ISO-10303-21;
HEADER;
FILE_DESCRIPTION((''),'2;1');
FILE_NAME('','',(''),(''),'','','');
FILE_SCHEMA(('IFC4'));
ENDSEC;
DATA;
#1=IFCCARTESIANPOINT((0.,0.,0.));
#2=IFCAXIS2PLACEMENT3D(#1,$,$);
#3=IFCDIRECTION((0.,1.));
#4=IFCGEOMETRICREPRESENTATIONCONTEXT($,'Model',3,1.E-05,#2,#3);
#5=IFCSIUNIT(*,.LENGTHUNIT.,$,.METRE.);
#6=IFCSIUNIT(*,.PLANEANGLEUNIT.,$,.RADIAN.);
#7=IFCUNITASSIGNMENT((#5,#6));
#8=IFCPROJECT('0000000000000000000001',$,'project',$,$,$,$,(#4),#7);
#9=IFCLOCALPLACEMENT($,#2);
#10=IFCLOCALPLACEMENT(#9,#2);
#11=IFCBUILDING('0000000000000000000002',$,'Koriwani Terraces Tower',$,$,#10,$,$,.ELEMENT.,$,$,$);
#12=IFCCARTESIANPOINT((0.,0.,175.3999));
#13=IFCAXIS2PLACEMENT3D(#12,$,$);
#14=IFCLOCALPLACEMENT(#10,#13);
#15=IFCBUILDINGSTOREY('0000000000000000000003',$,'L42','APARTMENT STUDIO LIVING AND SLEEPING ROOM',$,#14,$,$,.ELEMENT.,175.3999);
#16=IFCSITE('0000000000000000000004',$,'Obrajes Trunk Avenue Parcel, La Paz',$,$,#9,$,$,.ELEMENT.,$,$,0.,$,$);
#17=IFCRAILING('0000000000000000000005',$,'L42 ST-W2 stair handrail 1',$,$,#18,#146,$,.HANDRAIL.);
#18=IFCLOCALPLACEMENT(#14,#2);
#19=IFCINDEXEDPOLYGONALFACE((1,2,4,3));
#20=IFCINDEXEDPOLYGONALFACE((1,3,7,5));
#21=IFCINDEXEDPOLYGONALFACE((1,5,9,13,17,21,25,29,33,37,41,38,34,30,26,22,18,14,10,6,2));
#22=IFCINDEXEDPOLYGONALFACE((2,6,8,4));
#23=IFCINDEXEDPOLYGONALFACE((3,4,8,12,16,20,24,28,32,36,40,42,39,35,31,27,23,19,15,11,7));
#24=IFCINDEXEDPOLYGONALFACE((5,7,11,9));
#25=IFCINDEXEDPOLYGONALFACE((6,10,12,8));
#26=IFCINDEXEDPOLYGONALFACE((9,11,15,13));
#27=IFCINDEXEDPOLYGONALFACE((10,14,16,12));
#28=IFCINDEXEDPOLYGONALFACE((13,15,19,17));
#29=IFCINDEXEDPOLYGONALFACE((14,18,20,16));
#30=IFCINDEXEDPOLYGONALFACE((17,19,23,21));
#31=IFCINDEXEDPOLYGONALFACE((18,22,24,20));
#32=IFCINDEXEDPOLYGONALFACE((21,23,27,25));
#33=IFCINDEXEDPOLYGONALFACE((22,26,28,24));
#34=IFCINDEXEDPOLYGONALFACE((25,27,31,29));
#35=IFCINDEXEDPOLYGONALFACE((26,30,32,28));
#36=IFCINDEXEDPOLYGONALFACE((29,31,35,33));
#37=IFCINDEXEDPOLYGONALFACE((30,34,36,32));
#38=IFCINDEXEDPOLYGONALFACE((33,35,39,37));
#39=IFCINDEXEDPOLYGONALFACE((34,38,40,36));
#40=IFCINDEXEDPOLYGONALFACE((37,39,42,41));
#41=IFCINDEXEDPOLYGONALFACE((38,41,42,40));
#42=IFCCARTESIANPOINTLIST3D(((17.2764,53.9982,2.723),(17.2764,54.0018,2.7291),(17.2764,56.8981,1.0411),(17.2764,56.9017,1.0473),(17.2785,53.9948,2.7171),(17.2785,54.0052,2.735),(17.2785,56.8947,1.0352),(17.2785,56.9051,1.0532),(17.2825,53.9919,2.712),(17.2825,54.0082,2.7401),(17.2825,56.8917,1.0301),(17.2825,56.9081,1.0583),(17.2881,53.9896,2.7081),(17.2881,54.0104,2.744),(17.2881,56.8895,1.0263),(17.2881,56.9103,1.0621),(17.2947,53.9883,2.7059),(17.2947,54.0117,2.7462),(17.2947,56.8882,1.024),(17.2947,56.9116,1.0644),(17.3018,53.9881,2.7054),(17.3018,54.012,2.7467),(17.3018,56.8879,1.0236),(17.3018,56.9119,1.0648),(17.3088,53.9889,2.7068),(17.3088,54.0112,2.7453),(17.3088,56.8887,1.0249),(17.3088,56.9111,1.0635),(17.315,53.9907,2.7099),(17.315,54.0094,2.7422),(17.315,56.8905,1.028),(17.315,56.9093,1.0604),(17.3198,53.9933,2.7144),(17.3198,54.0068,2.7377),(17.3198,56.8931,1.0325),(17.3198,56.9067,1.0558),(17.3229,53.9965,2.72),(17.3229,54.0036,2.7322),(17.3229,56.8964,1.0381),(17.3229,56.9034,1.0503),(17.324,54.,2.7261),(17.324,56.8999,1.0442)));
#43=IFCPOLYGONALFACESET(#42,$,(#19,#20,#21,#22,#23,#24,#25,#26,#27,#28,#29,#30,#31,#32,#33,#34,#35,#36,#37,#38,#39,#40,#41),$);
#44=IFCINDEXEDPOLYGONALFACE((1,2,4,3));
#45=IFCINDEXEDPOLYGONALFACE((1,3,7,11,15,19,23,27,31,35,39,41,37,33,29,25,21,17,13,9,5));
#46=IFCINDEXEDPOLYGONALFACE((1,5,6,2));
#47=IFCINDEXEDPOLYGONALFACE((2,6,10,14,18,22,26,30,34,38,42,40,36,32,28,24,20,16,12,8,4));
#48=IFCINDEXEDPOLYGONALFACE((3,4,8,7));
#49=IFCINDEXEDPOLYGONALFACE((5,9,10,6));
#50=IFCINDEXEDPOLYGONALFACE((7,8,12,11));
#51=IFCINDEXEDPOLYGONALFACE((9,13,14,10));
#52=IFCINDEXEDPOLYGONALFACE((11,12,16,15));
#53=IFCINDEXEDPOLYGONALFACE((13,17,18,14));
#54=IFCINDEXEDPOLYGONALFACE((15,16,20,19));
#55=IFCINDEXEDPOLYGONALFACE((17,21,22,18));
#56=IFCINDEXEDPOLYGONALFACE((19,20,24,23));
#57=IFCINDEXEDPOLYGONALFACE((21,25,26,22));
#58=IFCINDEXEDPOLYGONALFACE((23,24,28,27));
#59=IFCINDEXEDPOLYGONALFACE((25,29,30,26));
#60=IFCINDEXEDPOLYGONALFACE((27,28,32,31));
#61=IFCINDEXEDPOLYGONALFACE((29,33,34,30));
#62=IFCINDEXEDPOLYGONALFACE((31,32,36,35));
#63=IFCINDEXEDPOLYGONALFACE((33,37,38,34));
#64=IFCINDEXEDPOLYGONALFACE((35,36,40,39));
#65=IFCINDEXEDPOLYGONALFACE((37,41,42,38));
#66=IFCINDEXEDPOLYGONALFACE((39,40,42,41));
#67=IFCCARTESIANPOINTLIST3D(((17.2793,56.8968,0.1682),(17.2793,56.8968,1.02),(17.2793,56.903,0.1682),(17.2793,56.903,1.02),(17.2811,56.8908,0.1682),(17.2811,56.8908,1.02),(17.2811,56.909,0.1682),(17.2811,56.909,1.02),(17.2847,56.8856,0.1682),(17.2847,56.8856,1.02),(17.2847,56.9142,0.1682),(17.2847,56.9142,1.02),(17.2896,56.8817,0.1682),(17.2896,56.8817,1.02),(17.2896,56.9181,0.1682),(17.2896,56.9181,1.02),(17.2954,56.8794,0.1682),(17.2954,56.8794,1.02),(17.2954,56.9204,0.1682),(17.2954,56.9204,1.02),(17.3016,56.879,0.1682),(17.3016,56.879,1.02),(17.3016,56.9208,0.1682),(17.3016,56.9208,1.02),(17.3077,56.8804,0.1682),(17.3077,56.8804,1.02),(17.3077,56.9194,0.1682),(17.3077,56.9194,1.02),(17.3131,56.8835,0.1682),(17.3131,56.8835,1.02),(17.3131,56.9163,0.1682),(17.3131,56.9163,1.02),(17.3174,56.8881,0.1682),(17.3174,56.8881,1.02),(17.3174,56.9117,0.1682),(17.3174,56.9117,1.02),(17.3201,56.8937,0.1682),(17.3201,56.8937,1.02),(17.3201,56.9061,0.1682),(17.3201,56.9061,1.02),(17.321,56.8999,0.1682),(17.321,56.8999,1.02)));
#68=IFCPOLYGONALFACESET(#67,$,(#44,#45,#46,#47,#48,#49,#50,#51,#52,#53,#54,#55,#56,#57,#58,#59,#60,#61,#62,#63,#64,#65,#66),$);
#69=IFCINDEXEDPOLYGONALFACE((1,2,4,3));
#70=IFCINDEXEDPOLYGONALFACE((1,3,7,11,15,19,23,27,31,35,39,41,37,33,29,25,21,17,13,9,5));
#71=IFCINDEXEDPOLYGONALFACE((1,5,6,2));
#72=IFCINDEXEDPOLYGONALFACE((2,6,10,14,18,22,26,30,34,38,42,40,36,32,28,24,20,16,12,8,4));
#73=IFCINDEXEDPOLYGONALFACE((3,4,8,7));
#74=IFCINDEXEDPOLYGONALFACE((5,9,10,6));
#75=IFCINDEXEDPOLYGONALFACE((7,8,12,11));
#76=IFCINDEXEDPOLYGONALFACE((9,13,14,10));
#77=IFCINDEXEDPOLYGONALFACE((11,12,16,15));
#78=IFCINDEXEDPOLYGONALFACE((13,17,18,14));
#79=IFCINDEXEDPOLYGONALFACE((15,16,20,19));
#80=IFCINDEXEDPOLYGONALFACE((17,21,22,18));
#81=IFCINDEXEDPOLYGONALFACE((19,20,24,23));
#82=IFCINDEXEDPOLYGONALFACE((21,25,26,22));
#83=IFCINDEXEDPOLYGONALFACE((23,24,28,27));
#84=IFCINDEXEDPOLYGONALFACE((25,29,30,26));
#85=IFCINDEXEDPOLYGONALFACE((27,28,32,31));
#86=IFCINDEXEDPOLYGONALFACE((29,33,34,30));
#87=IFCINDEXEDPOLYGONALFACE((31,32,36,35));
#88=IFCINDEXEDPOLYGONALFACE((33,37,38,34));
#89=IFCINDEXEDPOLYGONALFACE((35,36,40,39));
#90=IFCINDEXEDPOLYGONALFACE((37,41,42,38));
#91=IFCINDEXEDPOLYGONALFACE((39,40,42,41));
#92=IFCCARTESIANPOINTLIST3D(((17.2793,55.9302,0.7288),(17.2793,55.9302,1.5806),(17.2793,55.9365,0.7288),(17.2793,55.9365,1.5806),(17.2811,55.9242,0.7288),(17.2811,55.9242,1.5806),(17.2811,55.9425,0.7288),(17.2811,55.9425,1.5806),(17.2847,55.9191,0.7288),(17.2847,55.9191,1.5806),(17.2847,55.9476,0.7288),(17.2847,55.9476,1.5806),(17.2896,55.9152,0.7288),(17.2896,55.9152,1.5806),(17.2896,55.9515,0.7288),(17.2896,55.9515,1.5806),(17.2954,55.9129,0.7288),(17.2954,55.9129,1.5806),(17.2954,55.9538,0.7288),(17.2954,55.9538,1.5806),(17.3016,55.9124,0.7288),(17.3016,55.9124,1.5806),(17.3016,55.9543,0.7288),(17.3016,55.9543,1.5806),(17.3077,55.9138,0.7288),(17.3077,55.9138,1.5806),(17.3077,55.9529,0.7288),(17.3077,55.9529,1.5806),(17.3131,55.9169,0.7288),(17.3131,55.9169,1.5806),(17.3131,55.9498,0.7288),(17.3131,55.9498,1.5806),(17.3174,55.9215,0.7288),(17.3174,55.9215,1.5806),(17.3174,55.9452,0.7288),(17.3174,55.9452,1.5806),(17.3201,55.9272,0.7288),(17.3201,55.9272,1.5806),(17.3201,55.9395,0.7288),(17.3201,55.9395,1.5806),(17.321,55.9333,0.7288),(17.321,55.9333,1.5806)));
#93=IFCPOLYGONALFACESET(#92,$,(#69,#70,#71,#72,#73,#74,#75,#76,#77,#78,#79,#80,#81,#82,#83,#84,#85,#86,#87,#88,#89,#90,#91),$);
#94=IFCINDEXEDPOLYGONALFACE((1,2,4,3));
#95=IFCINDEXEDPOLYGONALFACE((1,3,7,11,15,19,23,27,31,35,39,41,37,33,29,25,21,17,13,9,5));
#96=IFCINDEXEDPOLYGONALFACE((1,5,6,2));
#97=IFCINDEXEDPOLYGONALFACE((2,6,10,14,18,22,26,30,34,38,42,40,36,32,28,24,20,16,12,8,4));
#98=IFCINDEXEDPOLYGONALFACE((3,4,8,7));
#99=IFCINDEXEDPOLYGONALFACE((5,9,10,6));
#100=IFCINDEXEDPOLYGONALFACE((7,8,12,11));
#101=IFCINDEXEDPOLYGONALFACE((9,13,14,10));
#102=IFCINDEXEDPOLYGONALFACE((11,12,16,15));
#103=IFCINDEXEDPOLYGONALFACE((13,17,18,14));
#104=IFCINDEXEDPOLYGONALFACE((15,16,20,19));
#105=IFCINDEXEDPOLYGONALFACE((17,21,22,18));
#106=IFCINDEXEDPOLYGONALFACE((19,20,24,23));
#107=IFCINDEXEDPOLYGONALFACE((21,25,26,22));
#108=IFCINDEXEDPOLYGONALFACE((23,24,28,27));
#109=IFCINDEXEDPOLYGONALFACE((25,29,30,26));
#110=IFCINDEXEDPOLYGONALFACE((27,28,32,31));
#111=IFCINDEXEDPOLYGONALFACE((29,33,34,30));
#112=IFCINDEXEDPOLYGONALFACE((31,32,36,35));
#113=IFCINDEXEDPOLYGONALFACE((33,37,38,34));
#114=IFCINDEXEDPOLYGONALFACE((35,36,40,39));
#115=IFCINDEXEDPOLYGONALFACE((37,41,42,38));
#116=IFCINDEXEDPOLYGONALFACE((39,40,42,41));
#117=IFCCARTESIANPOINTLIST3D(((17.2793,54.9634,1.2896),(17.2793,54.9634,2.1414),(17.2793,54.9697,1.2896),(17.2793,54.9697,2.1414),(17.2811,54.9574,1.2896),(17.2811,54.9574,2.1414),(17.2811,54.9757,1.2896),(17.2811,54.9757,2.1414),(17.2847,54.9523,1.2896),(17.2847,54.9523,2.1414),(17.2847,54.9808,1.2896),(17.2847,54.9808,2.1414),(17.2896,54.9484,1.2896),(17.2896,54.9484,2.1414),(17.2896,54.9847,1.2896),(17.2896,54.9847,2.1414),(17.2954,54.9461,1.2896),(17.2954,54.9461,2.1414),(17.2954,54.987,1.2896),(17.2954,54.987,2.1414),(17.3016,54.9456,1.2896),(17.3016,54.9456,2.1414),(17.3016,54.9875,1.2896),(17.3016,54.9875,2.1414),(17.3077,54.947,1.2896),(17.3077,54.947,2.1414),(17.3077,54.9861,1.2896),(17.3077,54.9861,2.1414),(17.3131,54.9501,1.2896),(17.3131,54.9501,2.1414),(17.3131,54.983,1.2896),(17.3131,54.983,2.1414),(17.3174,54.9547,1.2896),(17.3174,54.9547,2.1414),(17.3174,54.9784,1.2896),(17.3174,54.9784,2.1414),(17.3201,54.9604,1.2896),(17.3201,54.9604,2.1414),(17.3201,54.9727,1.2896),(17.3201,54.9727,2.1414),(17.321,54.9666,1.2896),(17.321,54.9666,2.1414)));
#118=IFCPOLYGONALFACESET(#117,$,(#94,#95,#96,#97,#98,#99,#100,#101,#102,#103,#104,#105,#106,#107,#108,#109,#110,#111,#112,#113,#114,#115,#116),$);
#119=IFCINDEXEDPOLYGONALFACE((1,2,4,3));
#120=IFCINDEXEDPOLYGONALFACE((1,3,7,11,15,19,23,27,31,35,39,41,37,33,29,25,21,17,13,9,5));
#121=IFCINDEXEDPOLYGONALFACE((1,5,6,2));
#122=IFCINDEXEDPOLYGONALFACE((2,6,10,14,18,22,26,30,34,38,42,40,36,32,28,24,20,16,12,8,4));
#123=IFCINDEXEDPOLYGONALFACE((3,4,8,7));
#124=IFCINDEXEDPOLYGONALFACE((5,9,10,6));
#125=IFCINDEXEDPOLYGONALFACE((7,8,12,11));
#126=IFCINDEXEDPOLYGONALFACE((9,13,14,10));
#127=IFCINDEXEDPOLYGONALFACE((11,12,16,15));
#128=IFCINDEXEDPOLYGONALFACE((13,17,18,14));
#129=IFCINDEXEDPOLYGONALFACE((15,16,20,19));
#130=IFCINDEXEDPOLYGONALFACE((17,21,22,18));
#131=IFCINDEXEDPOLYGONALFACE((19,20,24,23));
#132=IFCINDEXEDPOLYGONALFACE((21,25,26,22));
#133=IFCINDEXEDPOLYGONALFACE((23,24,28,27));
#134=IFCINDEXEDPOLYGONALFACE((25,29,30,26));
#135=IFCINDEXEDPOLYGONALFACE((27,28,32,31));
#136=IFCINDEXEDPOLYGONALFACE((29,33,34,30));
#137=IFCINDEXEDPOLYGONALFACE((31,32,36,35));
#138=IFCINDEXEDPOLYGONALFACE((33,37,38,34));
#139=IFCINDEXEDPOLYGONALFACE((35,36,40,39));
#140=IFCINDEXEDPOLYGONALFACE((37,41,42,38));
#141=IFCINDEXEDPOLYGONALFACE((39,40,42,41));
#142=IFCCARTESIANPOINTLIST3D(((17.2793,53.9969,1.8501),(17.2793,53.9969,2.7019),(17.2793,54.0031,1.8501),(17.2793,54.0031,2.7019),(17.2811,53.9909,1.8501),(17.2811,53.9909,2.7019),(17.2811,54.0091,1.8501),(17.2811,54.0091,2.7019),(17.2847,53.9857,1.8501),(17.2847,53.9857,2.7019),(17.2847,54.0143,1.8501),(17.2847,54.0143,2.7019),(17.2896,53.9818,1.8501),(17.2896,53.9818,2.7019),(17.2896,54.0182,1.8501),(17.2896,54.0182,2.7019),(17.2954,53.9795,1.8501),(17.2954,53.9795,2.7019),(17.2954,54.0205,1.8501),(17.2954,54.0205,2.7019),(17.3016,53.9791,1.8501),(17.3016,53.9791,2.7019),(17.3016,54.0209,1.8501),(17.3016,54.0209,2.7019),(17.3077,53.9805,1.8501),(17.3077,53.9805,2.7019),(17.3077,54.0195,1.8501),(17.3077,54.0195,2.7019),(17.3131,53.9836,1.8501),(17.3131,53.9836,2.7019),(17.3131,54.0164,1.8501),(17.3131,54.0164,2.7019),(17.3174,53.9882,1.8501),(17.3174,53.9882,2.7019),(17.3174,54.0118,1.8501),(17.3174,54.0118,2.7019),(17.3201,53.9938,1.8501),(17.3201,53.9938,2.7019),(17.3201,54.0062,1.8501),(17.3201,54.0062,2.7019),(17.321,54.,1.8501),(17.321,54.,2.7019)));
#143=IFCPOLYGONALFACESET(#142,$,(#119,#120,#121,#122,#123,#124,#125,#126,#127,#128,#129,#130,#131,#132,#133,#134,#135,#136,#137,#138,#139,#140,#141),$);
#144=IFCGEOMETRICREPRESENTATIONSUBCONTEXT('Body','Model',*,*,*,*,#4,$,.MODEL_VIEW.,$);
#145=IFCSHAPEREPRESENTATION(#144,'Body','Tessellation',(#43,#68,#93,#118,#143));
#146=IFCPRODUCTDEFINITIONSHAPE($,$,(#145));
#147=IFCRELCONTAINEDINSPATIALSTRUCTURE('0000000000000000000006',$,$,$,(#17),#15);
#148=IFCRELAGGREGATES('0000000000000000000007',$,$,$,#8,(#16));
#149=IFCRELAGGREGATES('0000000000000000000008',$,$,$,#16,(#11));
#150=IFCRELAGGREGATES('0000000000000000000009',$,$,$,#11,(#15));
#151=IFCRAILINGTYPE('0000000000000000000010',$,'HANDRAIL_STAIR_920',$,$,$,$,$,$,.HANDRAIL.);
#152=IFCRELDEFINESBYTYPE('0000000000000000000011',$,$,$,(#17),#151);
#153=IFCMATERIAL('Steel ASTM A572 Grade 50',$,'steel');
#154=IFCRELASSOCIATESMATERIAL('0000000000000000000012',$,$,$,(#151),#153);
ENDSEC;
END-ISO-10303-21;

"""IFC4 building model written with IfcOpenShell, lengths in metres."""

from ifc_helpers import new_model, si_unit, direction, frame, origin, origin_2d, place, context, subcontext, project, spatial, circle, extrude, material, type_object, element, save


model = new_model("IFC4")

# Units and contexts
model_context = context("Model", 3, precision=1e-05, world=origin(), true_north=direction((0.0, 1.0)))
body_context = subcontext(model_context, "Body", "Model", "MODEL_VIEW")
ifc_project = project(units=[si_unit("LENGTHUNIT", "METRE"), si_unit("PLANEANGLEUNIT", "RADIAN")], contexts=[model_context])

# Site, building, storey
site_placement = place(None, origin())
site = spatial("IfcSite", under=ifc_project, at=site_placement, Name="Obrajes Trunk Avenue Parcel, La Paz", CompositionType="ELEMENT", RefElevation=0.0)
building_placement = place(site_placement, origin())
building = spatial("IfcBuilding", under=site, at=building_placement, Name="Koriwani Terraces Tower", CompositionType="ELEMENT")
storey_placement = place(building_placement, frame((0.0, 0.0, 175.3999)))
storey = spatial("IfcBuildingStorey", under=building, at=storey_placement, Name="L42", Description="APARTMENT STUDIO LIVING AND SLEEPING ROOM", CompositionType="ELEMENT", Elevation=175.3999)

# Shared definitions
ifc_material_1 = material(Name="Steel ASTM A572 Grade 50", Category="steel")

# Railing
railing_type = type_object("IfcRailingType", Name="HANDRAIL_STAIR_920", PredefinedType="HANDRAIL", material=ifc_material_1)
for number, where, name in (
    (1, (17.3, 56.8999, 0.1682), "L42 ST-W2 stair handrail 1"),
):
    element("IfcRailing", number, at=place(storey_placement, frame(where)), inside=storey, type_object=railing_type, Name=name, PredefinedType="HANDRAIL", context=body_context, shape_type="SweptSolid", body=[
        extrude(circle(Radius=0.0239, at=origin_2d()), frame((0.0, 0.0, 0.876), z_axis=(0.0, -0.865039, 0.501705), x_axis=(1.0, 0.0, 0.0)), (0.0, 0.0, 1.0), 3.3523),
        extrude(circle(Radius=0.021, at=origin_2d()), origin(), (0.0, 0.0, 1.0), 0.8518),
        extrude(circle(Radius=0.021, at=origin_2d()), frame((0.0, -0.9666, 0.5605)), (0.0, 0.0, 1.0), 0.8518),
        extrude(circle(Radius=0.021, at=origin_2d()), frame((0.0, -1.9333, 1.1213)), (0.0, 0.0, 1.0), 0.8518),
        extrude(circle(Radius=0.021, at=origin_2d()), frame((0.0, -2.8999, 1.6819)), (0.0, 0.0, 1.0), 0.8518),
    ])

save(model, "model.ifc")
